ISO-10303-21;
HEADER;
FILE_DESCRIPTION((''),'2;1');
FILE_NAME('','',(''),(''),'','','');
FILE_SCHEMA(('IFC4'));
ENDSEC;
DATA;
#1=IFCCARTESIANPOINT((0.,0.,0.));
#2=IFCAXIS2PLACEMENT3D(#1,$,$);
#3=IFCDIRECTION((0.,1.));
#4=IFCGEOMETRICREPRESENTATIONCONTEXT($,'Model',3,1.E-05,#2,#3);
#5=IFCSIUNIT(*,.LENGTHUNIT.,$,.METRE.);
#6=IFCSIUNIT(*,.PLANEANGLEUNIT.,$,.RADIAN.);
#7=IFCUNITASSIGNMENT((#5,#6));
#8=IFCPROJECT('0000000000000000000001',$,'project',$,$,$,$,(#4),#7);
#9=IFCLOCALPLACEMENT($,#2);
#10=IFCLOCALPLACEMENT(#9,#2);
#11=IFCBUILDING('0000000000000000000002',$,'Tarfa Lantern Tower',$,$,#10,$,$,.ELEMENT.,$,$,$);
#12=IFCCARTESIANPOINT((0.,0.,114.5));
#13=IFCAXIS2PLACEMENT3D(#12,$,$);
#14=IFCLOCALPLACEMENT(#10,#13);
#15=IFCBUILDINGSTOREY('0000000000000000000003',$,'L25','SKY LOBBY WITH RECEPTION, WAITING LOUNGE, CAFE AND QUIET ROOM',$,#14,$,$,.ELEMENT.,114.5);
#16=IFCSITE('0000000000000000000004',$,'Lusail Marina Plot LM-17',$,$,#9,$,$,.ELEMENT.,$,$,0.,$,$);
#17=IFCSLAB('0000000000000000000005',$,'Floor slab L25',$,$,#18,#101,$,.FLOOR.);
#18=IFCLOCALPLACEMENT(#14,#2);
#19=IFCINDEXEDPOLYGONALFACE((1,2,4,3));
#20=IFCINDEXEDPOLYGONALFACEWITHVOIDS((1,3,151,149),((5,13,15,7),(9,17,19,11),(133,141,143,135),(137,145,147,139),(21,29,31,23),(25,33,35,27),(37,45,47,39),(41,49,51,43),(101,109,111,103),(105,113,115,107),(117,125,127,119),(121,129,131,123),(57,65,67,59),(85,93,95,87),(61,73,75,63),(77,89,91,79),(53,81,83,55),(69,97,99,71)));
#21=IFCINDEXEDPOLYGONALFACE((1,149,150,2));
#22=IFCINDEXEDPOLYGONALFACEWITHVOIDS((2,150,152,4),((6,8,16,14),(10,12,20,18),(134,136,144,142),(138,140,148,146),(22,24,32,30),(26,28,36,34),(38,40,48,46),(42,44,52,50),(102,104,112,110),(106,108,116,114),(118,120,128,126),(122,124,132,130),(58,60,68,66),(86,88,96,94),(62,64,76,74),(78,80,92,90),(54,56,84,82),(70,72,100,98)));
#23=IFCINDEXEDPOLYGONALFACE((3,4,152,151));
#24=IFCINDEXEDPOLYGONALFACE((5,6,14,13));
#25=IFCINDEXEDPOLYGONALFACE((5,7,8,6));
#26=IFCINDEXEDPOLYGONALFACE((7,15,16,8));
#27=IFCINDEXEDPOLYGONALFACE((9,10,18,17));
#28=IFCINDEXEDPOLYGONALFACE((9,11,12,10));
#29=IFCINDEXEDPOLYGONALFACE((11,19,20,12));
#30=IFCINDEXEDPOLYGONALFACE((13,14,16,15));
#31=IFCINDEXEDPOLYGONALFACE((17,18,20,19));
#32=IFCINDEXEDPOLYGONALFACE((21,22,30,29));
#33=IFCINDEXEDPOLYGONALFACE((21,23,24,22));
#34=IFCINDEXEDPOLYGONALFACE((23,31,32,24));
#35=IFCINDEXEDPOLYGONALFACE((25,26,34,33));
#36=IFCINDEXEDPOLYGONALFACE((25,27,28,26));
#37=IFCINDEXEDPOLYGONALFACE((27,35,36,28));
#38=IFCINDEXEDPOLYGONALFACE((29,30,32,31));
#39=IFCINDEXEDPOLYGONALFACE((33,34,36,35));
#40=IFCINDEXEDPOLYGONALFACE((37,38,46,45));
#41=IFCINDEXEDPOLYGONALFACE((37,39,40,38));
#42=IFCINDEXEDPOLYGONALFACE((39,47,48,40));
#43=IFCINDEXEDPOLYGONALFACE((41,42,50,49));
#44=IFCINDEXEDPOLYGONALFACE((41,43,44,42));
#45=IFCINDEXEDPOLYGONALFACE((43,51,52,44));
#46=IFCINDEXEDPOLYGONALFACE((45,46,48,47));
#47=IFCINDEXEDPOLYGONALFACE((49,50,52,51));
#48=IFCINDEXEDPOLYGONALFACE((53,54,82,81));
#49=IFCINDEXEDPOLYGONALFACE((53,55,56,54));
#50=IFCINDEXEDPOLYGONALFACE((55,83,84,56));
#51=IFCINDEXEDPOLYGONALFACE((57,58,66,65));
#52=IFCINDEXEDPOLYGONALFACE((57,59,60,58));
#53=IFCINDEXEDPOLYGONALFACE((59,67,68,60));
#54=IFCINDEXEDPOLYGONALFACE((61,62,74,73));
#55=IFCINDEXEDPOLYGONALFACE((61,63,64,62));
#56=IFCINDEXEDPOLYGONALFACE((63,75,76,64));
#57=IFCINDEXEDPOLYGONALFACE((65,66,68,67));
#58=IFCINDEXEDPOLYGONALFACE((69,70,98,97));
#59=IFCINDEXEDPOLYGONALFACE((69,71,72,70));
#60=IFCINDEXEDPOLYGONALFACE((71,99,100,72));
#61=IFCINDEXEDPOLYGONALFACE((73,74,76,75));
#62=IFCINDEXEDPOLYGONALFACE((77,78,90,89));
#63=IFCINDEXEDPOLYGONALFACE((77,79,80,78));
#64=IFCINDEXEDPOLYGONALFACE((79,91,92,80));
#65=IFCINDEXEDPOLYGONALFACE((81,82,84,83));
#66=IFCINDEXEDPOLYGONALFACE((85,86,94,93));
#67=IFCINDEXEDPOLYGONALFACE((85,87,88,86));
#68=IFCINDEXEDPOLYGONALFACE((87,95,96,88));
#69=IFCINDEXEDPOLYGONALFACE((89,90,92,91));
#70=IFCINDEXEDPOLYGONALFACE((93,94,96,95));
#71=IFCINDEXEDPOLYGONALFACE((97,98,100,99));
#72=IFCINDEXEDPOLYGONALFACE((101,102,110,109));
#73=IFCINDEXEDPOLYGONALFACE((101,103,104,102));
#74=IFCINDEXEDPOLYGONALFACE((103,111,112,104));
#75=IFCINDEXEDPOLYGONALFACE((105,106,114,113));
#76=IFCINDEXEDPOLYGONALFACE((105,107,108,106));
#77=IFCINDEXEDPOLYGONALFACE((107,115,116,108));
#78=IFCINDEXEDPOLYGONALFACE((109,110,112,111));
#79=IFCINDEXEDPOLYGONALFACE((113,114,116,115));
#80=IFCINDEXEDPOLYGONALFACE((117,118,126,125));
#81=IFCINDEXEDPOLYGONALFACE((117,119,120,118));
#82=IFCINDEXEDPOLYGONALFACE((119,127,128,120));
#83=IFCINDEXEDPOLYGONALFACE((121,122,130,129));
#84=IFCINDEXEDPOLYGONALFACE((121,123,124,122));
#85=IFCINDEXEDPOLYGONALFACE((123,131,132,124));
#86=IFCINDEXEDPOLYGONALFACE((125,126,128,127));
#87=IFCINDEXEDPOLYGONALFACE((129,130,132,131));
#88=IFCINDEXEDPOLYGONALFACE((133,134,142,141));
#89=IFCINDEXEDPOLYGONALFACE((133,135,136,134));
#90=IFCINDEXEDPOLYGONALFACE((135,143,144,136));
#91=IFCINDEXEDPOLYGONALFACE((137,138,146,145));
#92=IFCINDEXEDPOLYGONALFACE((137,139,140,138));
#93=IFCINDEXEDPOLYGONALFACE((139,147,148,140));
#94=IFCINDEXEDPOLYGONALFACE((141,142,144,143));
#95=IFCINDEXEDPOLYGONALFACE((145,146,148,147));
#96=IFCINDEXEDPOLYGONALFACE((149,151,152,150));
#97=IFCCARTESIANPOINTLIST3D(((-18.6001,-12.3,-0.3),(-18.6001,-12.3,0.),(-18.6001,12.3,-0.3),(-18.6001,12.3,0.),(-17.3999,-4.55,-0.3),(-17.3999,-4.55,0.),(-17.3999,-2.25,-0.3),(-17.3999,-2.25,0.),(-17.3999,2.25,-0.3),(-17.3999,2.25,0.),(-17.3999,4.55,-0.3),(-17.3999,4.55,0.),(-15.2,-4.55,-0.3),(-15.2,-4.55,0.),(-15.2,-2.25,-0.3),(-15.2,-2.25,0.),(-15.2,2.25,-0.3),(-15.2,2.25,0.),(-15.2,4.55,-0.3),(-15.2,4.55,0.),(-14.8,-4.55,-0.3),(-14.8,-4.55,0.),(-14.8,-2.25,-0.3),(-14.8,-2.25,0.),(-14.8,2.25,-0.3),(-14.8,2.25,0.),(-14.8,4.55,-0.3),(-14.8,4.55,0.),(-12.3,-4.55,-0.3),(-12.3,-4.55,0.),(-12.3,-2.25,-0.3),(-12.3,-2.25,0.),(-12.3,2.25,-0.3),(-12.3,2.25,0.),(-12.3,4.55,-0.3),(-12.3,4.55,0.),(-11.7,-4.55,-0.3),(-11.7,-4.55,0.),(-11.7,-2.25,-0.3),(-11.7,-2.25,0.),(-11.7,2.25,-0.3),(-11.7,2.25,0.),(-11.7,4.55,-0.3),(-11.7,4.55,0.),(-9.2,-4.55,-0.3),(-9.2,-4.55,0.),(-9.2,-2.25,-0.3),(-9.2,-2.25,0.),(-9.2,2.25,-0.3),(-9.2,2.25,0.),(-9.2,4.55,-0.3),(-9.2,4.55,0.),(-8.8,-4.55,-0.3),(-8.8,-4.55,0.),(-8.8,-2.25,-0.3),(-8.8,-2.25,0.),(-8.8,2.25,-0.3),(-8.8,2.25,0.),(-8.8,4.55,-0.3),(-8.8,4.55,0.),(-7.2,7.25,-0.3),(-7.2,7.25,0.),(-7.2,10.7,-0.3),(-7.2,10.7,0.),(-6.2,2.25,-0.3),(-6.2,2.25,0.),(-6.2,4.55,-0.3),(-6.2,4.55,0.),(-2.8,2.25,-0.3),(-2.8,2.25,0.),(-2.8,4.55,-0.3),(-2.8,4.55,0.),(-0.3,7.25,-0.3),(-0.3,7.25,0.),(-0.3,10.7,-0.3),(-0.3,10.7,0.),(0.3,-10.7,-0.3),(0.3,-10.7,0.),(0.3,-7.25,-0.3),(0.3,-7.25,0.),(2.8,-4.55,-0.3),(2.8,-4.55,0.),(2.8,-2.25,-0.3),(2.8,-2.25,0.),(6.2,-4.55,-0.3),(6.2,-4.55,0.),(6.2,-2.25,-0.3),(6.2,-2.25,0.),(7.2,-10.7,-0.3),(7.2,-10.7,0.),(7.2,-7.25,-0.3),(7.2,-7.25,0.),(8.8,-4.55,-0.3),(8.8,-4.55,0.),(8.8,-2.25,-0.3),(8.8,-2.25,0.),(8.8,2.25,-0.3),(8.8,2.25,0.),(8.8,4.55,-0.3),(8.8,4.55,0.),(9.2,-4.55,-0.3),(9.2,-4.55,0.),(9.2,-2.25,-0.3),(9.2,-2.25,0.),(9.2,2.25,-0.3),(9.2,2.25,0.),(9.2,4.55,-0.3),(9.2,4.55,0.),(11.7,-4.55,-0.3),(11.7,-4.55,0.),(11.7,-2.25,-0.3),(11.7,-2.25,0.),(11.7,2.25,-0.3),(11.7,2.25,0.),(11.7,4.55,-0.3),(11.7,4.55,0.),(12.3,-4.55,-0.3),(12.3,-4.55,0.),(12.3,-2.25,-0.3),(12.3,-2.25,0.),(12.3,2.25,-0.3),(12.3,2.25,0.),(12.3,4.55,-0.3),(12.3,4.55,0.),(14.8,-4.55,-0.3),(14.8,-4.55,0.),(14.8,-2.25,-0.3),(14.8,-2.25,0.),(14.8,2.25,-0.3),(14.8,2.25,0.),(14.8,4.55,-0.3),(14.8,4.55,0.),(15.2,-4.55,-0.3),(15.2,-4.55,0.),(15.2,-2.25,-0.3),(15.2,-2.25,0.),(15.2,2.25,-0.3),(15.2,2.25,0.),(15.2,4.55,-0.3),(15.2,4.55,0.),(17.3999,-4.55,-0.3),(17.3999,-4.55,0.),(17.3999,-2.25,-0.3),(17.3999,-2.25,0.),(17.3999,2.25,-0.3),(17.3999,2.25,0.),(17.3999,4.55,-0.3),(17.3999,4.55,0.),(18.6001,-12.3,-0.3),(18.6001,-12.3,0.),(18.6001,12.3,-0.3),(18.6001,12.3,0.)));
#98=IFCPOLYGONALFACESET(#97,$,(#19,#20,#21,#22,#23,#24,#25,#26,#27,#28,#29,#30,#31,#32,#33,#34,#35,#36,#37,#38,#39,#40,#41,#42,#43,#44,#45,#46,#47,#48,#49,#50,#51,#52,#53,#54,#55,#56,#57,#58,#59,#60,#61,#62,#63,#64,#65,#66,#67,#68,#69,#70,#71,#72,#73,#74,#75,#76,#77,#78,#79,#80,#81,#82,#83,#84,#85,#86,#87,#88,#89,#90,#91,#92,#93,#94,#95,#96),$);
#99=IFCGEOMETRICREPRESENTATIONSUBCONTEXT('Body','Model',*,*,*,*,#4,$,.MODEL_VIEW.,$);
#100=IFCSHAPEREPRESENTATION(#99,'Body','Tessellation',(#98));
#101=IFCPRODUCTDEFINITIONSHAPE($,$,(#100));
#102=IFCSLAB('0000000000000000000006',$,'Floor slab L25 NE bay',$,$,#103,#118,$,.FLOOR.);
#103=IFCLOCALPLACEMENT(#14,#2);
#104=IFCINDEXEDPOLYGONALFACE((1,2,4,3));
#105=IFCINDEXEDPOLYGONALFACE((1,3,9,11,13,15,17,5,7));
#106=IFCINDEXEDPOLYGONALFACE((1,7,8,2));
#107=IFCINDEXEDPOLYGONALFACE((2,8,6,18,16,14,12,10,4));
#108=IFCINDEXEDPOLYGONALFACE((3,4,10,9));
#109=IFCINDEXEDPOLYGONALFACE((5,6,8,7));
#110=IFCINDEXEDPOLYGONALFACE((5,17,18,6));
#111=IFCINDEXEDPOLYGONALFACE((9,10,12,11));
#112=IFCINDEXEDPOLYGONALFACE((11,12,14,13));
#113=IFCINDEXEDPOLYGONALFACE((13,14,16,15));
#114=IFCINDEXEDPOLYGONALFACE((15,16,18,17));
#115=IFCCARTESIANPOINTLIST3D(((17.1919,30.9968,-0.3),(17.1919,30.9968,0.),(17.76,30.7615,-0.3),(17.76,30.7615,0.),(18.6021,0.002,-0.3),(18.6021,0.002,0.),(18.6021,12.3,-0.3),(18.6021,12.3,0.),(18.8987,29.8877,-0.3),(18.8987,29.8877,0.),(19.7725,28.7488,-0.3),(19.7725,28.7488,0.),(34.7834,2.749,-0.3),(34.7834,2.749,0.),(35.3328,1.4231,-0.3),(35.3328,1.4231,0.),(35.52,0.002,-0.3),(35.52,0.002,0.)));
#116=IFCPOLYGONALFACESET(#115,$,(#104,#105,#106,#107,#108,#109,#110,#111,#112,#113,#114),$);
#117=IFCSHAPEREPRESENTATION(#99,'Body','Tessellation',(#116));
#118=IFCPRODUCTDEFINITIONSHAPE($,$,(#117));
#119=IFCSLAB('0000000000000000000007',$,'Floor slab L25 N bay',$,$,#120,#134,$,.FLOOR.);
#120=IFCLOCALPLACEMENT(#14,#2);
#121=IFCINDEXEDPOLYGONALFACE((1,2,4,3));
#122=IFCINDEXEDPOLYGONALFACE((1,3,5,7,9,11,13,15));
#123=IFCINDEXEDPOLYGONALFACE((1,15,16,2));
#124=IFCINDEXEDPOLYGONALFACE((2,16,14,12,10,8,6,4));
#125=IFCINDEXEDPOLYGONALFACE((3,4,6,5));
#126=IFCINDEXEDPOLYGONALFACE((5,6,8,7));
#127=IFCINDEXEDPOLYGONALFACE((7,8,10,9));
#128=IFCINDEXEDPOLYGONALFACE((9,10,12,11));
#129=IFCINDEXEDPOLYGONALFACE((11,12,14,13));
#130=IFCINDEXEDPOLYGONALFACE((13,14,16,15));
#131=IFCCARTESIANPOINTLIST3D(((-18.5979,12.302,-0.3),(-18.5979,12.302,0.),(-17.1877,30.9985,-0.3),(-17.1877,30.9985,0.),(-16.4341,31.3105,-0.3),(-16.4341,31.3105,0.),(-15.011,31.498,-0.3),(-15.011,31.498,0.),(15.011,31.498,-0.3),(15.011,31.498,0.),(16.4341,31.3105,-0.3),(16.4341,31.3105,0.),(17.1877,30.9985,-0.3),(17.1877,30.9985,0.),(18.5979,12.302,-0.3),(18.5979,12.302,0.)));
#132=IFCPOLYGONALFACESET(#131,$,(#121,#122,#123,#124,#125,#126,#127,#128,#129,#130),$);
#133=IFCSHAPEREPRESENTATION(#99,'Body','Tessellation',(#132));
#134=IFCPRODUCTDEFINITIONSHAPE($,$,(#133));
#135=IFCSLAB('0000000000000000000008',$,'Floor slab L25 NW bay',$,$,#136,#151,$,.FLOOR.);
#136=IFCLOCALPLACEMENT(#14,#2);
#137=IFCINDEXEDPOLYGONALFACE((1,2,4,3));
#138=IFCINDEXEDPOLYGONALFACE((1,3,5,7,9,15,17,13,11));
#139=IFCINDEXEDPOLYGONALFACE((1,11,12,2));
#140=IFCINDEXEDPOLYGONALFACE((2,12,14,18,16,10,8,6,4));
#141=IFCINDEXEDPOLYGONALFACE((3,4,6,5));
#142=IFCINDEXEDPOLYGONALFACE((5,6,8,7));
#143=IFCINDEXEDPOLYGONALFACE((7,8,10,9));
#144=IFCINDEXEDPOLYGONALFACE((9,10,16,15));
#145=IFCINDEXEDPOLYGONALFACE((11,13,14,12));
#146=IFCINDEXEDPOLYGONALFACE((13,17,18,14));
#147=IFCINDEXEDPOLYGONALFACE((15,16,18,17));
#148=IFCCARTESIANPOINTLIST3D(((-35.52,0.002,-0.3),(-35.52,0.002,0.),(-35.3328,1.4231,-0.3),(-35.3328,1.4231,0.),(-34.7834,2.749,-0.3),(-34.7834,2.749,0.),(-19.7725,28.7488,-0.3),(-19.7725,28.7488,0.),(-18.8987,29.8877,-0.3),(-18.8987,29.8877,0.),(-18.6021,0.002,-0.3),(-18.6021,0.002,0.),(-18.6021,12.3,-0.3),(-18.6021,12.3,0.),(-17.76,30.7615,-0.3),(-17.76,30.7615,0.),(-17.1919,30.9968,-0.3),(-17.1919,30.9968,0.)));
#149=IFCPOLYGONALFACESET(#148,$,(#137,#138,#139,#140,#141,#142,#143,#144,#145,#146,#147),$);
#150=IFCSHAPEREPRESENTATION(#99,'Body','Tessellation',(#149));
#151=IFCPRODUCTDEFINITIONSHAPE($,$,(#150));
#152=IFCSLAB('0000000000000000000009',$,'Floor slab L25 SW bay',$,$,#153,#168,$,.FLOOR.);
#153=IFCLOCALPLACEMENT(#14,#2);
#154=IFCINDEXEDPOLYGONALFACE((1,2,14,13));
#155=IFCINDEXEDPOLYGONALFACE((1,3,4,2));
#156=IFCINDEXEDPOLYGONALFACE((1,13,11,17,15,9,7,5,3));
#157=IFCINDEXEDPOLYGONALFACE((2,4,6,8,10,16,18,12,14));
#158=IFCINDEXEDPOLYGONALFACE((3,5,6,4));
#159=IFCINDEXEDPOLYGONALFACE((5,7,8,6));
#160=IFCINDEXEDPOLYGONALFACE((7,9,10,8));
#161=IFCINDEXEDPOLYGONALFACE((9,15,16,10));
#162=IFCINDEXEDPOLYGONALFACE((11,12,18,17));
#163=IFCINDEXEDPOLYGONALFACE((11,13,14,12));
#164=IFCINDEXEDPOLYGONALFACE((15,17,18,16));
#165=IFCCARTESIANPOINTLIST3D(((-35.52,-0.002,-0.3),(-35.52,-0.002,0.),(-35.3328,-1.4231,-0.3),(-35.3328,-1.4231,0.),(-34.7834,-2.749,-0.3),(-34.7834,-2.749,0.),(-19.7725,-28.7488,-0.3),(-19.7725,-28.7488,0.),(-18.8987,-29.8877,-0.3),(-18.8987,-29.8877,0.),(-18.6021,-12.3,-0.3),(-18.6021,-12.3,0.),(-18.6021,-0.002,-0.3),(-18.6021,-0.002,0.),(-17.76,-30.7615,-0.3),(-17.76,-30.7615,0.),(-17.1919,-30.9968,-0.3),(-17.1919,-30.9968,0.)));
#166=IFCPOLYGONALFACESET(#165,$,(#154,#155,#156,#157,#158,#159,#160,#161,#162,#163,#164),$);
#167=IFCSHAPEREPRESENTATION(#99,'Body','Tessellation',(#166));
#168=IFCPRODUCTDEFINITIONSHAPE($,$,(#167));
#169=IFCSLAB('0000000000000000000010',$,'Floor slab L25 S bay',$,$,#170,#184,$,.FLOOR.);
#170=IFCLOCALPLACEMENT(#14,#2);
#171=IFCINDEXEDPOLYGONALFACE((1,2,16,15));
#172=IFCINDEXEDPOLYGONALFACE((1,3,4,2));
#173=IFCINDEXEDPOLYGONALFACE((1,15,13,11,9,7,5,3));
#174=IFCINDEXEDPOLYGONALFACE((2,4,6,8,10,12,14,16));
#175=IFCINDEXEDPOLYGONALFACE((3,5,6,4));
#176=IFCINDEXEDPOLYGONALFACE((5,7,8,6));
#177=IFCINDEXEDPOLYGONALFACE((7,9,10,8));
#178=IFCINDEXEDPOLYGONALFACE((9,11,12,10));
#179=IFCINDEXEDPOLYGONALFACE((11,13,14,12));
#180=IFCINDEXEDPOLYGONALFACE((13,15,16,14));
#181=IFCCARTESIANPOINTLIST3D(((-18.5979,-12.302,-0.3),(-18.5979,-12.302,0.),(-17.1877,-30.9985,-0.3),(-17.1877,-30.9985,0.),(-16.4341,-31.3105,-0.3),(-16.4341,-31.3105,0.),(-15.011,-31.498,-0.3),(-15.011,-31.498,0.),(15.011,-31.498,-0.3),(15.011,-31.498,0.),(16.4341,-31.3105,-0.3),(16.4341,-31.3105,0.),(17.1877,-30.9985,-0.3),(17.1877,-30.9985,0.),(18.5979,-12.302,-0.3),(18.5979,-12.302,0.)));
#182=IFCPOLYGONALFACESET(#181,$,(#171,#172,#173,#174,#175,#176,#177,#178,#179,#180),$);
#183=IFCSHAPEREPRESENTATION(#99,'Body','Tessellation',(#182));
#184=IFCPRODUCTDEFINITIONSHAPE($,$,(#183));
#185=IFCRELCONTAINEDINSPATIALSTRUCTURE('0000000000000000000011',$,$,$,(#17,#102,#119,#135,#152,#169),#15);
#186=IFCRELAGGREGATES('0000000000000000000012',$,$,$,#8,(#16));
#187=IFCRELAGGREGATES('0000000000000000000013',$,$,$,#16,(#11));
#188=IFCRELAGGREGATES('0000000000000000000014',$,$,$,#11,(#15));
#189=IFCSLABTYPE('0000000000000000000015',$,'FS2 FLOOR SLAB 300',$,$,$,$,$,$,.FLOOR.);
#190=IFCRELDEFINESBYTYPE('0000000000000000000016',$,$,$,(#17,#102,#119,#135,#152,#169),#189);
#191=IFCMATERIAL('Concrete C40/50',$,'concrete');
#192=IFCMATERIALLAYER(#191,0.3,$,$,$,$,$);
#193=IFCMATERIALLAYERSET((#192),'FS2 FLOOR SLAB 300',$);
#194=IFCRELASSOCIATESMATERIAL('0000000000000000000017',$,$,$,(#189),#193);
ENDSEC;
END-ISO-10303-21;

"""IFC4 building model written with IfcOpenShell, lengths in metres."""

from ifc_helpers import new_model, si_unit, direction, frame, origin, place, context, subcontext, project, spatial, polyline, outline, extrude, material, layer, layer_set, type_object, element, save


model = new_model("IFC4")

# Units and contexts
model_context = context("Model", 3, precision=1e-05, world=origin(), true_north=direction((0.0, 1.0)))
body_context = subcontext(model_context, "Body", "Model", "MODEL_VIEW")
ifc_project = project(units=[si_unit("LENGTHUNIT", "METRE"), si_unit("PLANEANGLEUNIT", "RADIAN")], contexts=[model_context])

# Site, building, storey
site_placement = place(None, origin())
site = spatial("IfcSite", under=ifc_project, at=site_placement, Name="Lusail Marina Plot LM-17", CompositionType="ELEMENT", RefElevation=0.0)
building_placement = place(site_placement, origin())
building = spatial("IfcBuilding", under=site, at=building_placement, Name="Tarfa Lantern Tower", CompositionType="ELEMENT")
storey_placement = place(building_placement, frame((0.0, 0.0, 114.5)))
storey = spatial("IfcBuildingStorey", under=building, at=storey_placement, Name="L25", Description="SKY LOBBY WITH RECEPTION, WAITING LOUNGE, CAFE AND QUIET ROOM", CompositionType="ELEMENT", Elevation=114.5)

# Slabs
ifc_material_1 = material(Name="Concrete C40/50", Category="concrete")
ifc_layer_1 = layer(ifc_material_1, 0.3)
ifc_layer_set_1 = layer_set([ifc_layer_1], Name="FS2 FLOOR SLAB 300")
slab_type = type_object("IfcSlabType", Name="FS2 FLOOR SLAB 300", PredefinedType="FLOOR", material=ifc_layer_set_1)
slab_1_placement = place(storey_placement, frame((0.0, 0.0, -0.3)))
element("IfcSlab", 1, at=slab_1_placement, inside=storey, type_object=slab_type, Name="Floor slab L25", PredefinedType="FLOOR", context=body_context, shape_type="SweptSolid", body=[
    extrude(outline(polyline([(-18.6001, -12.3), (18.6001, -12.3), (18.6001, 12.3), (-18.6001, 12.3), (-18.6001, -12.3)]), holes=[polyline([(-17.3999, 2.25), (-15.2, 2.25), (-15.2, 4.55), (-17.3999, 4.55), (-17.3999, 2.25)]), polyline([(-14.8, 2.25), (-12.3, 2.25), (-12.3, 4.55), (-14.8, 4.55), (-14.8, 2.25)]), polyline([(-11.7, 2.25), (-9.2, 2.25), (-9.2, 4.55), (-11.7, 4.55), (-11.7, 2.25)]), polyline([(-8.8, 2.25), (-6.2, 2.25), (-6.2, 4.55), (-8.8, 4.55), (-8.8, 2.25)]), polyline([(-2.8, 2.25), (8.8, 2.25), (8.8, 4.55), (-2.8, 4.55), (-2.8, 2.25)]), polyline([(9.2, 2.25), (11.7, 2.25), (11.7, 4.55), (9.2, 4.55), (9.2, 2.25)]), polyline([(12.3, 2.25), (14.8, 2.25), (14.8, 4.55), (12.3, 4.55), (12.3, 2.25)]), polyline([(15.2, 2.25), (17.3999, 2.25), (17.3999, 4.55), (15.2, 4.55), (15.2, 2.25)]), polyline([(17.3999, -2.25), (15.2, -2.25), (15.2, -4.55), (17.3999, -4.55), (17.3999, -2.25)]), polyline([(14.8, -2.25), (12.3, -2.25), (12.3, -4.55), (14.8, -4.55), (14.8, -2.25)]), polyline([(11.7, -2.25), (9.2, -2.25), (9.2, -4.55), (11.7, -4.55), (11.7, -2.25)]), polyline([(8.8, -2.25), (6.2, -2.25), (6.2, -4.55), (8.8, -4.55), (8.8, -2.25)]), polyline([(2.8, -2.25), (-8.8, -2.25), (-8.8, -4.55), (2.8, -4.55), (2.8, -2.25)]), polyline([(-9.2, -2.25), (-11.7, -2.25), (-11.7, -4.55), (-9.2, -4.55), (-9.2, -2.25)]), polyline([(-12.3, -2.25), (-14.8, -2.25), (-14.8, -4.55), (-12.3, -4.55), (-12.3, -2.25)]), polyline([(-15.2, -2.25), (-17.3999, -2.25), (-17.3999, -4.55), (-15.2, -4.55), (-15.2, -2.25)]), polyline([(-7.2, 7.25), (-0.3, 7.25), (-0.3, 10.7), (-7.2, 10.7), (-7.2, 7.25)]), polyline([(7.2, -7.25), (0.3, -7.25), (0.3, -10.7), (7.2, -10.7), (7.2, -7.25)])]), origin(), (0.0, 0.0, 1.0), 0.3),
])
slab_2_placement = place(storey_placement, frame((0.0, 0.0, -0.3)))
element("IfcSlab", 2, at=slab_2_placement, inside=storey, type_object=slab_type, Name="Floor slab L25 NE bay", PredefinedType="FLOOR", context=body_context, shape_type="SweptSolid", body=[
    extrude(outline(polyline([(34.7834, 2.749), (19.7725, 28.7488), (18.8987, 29.8877), (17.76, 30.7615), (17.1919, 30.9968), (18.6021, 12.3), (18.6021, 0.002), (35.52, 0.002), (35.3328, 1.4231), (34.7834, 2.749)])), origin(), (0.0, 0.0, 1.0), 0.3),
])
slab_3_placement = place(storey_placement, frame((0.0, 0.0, -0.3)))
element("IfcSlab", 3, at=slab_3_placement, inside=storey, type_object=slab_type, Name="Floor slab L25 N bay", PredefinedType="FLOOR", context=body_context, shape_type="SweptSolid", body=[
    extrude(outline(polyline([(-18.5979, 12.302), (18.5979, 12.302), (17.1877, 30.9985), (16.4341, 31.3105), (15.011, 31.498), (-15.011, 31.498), (-16.4341, 31.3105), (-17.1877, 30.9985), (-18.5979, 12.302)])), origin(), (0.0, 0.0, 1.0), 0.3),
])
slab_4_placement = place(storey_placement, frame((0.0, 0.0, -0.3)))
element("IfcSlab", 4, at=slab_4_placement, inside=storey, type_object=slab_type, Name="Floor slab L25 NW bay", PredefinedType="FLOOR", context=body_context, shape_type="SweptSolid", body=[
    extrude(outline(polyline([(-18.6021, 0.002), (-18.6021, 12.3), (-17.1919, 30.9968), (-17.76, 30.7615), (-18.8987, 29.8877), (-19.7725, 28.7488), (-34.7834, 2.749), (-35.3328, 1.4231), (-35.52, 0.002), (-18.6021, 0.002)])), origin(), (0.0, 0.0, 1.0), 0.3),
])
slab_5_placement = place(storey_placement, frame((0.0, 0.0, -0.3)))
element("IfcSlab", 5, at=slab_5_placement, inside=storey, type_object=slab_type, Name="Floor slab L25 SW bay", PredefinedType="FLOOR", context=body_context, shape_type="SweptSolid", body=[
    extrude(outline(polyline([(-18.6021, -12.3), (-18.6021, -0.002), (-35.52, -0.002), (-35.3328, -1.4231), (-34.7834, -2.749), (-19.7725, -28.7488), (-18.8987, -29.8877), (-17.76, -30.7615), (-17.1919, -30.9968), (-18.6021, -12.3)])), origin(), (0.0, 0.0, 1.0), 0.3),
])
slab_6_placement = place(storey_placement, frame((0.0, 0.0, -0.3)))
element("IfcSlab", 6, at=slab_6_placement, inside=storey, type_object=slab_type, Name="Floor slab L25 S bay", PredefinedType="FLOOR", context=body_context, shape_type="SweptSolid", body=[
    extrude(outline(polyline([(18.5979, -12.302), (-18.5979, -12.302), (-17.1877, -30.9985), (-16.4341, -31.3105), (-15.011, -31.498), (15.011, -31.498), (16.4341, -31.3105), (17.1877, -30.9985), (18.5979, -12.302)])), origin(), (0.0, 0.0, 1.0), 0.3),
])

save(model, "model.ifc")
